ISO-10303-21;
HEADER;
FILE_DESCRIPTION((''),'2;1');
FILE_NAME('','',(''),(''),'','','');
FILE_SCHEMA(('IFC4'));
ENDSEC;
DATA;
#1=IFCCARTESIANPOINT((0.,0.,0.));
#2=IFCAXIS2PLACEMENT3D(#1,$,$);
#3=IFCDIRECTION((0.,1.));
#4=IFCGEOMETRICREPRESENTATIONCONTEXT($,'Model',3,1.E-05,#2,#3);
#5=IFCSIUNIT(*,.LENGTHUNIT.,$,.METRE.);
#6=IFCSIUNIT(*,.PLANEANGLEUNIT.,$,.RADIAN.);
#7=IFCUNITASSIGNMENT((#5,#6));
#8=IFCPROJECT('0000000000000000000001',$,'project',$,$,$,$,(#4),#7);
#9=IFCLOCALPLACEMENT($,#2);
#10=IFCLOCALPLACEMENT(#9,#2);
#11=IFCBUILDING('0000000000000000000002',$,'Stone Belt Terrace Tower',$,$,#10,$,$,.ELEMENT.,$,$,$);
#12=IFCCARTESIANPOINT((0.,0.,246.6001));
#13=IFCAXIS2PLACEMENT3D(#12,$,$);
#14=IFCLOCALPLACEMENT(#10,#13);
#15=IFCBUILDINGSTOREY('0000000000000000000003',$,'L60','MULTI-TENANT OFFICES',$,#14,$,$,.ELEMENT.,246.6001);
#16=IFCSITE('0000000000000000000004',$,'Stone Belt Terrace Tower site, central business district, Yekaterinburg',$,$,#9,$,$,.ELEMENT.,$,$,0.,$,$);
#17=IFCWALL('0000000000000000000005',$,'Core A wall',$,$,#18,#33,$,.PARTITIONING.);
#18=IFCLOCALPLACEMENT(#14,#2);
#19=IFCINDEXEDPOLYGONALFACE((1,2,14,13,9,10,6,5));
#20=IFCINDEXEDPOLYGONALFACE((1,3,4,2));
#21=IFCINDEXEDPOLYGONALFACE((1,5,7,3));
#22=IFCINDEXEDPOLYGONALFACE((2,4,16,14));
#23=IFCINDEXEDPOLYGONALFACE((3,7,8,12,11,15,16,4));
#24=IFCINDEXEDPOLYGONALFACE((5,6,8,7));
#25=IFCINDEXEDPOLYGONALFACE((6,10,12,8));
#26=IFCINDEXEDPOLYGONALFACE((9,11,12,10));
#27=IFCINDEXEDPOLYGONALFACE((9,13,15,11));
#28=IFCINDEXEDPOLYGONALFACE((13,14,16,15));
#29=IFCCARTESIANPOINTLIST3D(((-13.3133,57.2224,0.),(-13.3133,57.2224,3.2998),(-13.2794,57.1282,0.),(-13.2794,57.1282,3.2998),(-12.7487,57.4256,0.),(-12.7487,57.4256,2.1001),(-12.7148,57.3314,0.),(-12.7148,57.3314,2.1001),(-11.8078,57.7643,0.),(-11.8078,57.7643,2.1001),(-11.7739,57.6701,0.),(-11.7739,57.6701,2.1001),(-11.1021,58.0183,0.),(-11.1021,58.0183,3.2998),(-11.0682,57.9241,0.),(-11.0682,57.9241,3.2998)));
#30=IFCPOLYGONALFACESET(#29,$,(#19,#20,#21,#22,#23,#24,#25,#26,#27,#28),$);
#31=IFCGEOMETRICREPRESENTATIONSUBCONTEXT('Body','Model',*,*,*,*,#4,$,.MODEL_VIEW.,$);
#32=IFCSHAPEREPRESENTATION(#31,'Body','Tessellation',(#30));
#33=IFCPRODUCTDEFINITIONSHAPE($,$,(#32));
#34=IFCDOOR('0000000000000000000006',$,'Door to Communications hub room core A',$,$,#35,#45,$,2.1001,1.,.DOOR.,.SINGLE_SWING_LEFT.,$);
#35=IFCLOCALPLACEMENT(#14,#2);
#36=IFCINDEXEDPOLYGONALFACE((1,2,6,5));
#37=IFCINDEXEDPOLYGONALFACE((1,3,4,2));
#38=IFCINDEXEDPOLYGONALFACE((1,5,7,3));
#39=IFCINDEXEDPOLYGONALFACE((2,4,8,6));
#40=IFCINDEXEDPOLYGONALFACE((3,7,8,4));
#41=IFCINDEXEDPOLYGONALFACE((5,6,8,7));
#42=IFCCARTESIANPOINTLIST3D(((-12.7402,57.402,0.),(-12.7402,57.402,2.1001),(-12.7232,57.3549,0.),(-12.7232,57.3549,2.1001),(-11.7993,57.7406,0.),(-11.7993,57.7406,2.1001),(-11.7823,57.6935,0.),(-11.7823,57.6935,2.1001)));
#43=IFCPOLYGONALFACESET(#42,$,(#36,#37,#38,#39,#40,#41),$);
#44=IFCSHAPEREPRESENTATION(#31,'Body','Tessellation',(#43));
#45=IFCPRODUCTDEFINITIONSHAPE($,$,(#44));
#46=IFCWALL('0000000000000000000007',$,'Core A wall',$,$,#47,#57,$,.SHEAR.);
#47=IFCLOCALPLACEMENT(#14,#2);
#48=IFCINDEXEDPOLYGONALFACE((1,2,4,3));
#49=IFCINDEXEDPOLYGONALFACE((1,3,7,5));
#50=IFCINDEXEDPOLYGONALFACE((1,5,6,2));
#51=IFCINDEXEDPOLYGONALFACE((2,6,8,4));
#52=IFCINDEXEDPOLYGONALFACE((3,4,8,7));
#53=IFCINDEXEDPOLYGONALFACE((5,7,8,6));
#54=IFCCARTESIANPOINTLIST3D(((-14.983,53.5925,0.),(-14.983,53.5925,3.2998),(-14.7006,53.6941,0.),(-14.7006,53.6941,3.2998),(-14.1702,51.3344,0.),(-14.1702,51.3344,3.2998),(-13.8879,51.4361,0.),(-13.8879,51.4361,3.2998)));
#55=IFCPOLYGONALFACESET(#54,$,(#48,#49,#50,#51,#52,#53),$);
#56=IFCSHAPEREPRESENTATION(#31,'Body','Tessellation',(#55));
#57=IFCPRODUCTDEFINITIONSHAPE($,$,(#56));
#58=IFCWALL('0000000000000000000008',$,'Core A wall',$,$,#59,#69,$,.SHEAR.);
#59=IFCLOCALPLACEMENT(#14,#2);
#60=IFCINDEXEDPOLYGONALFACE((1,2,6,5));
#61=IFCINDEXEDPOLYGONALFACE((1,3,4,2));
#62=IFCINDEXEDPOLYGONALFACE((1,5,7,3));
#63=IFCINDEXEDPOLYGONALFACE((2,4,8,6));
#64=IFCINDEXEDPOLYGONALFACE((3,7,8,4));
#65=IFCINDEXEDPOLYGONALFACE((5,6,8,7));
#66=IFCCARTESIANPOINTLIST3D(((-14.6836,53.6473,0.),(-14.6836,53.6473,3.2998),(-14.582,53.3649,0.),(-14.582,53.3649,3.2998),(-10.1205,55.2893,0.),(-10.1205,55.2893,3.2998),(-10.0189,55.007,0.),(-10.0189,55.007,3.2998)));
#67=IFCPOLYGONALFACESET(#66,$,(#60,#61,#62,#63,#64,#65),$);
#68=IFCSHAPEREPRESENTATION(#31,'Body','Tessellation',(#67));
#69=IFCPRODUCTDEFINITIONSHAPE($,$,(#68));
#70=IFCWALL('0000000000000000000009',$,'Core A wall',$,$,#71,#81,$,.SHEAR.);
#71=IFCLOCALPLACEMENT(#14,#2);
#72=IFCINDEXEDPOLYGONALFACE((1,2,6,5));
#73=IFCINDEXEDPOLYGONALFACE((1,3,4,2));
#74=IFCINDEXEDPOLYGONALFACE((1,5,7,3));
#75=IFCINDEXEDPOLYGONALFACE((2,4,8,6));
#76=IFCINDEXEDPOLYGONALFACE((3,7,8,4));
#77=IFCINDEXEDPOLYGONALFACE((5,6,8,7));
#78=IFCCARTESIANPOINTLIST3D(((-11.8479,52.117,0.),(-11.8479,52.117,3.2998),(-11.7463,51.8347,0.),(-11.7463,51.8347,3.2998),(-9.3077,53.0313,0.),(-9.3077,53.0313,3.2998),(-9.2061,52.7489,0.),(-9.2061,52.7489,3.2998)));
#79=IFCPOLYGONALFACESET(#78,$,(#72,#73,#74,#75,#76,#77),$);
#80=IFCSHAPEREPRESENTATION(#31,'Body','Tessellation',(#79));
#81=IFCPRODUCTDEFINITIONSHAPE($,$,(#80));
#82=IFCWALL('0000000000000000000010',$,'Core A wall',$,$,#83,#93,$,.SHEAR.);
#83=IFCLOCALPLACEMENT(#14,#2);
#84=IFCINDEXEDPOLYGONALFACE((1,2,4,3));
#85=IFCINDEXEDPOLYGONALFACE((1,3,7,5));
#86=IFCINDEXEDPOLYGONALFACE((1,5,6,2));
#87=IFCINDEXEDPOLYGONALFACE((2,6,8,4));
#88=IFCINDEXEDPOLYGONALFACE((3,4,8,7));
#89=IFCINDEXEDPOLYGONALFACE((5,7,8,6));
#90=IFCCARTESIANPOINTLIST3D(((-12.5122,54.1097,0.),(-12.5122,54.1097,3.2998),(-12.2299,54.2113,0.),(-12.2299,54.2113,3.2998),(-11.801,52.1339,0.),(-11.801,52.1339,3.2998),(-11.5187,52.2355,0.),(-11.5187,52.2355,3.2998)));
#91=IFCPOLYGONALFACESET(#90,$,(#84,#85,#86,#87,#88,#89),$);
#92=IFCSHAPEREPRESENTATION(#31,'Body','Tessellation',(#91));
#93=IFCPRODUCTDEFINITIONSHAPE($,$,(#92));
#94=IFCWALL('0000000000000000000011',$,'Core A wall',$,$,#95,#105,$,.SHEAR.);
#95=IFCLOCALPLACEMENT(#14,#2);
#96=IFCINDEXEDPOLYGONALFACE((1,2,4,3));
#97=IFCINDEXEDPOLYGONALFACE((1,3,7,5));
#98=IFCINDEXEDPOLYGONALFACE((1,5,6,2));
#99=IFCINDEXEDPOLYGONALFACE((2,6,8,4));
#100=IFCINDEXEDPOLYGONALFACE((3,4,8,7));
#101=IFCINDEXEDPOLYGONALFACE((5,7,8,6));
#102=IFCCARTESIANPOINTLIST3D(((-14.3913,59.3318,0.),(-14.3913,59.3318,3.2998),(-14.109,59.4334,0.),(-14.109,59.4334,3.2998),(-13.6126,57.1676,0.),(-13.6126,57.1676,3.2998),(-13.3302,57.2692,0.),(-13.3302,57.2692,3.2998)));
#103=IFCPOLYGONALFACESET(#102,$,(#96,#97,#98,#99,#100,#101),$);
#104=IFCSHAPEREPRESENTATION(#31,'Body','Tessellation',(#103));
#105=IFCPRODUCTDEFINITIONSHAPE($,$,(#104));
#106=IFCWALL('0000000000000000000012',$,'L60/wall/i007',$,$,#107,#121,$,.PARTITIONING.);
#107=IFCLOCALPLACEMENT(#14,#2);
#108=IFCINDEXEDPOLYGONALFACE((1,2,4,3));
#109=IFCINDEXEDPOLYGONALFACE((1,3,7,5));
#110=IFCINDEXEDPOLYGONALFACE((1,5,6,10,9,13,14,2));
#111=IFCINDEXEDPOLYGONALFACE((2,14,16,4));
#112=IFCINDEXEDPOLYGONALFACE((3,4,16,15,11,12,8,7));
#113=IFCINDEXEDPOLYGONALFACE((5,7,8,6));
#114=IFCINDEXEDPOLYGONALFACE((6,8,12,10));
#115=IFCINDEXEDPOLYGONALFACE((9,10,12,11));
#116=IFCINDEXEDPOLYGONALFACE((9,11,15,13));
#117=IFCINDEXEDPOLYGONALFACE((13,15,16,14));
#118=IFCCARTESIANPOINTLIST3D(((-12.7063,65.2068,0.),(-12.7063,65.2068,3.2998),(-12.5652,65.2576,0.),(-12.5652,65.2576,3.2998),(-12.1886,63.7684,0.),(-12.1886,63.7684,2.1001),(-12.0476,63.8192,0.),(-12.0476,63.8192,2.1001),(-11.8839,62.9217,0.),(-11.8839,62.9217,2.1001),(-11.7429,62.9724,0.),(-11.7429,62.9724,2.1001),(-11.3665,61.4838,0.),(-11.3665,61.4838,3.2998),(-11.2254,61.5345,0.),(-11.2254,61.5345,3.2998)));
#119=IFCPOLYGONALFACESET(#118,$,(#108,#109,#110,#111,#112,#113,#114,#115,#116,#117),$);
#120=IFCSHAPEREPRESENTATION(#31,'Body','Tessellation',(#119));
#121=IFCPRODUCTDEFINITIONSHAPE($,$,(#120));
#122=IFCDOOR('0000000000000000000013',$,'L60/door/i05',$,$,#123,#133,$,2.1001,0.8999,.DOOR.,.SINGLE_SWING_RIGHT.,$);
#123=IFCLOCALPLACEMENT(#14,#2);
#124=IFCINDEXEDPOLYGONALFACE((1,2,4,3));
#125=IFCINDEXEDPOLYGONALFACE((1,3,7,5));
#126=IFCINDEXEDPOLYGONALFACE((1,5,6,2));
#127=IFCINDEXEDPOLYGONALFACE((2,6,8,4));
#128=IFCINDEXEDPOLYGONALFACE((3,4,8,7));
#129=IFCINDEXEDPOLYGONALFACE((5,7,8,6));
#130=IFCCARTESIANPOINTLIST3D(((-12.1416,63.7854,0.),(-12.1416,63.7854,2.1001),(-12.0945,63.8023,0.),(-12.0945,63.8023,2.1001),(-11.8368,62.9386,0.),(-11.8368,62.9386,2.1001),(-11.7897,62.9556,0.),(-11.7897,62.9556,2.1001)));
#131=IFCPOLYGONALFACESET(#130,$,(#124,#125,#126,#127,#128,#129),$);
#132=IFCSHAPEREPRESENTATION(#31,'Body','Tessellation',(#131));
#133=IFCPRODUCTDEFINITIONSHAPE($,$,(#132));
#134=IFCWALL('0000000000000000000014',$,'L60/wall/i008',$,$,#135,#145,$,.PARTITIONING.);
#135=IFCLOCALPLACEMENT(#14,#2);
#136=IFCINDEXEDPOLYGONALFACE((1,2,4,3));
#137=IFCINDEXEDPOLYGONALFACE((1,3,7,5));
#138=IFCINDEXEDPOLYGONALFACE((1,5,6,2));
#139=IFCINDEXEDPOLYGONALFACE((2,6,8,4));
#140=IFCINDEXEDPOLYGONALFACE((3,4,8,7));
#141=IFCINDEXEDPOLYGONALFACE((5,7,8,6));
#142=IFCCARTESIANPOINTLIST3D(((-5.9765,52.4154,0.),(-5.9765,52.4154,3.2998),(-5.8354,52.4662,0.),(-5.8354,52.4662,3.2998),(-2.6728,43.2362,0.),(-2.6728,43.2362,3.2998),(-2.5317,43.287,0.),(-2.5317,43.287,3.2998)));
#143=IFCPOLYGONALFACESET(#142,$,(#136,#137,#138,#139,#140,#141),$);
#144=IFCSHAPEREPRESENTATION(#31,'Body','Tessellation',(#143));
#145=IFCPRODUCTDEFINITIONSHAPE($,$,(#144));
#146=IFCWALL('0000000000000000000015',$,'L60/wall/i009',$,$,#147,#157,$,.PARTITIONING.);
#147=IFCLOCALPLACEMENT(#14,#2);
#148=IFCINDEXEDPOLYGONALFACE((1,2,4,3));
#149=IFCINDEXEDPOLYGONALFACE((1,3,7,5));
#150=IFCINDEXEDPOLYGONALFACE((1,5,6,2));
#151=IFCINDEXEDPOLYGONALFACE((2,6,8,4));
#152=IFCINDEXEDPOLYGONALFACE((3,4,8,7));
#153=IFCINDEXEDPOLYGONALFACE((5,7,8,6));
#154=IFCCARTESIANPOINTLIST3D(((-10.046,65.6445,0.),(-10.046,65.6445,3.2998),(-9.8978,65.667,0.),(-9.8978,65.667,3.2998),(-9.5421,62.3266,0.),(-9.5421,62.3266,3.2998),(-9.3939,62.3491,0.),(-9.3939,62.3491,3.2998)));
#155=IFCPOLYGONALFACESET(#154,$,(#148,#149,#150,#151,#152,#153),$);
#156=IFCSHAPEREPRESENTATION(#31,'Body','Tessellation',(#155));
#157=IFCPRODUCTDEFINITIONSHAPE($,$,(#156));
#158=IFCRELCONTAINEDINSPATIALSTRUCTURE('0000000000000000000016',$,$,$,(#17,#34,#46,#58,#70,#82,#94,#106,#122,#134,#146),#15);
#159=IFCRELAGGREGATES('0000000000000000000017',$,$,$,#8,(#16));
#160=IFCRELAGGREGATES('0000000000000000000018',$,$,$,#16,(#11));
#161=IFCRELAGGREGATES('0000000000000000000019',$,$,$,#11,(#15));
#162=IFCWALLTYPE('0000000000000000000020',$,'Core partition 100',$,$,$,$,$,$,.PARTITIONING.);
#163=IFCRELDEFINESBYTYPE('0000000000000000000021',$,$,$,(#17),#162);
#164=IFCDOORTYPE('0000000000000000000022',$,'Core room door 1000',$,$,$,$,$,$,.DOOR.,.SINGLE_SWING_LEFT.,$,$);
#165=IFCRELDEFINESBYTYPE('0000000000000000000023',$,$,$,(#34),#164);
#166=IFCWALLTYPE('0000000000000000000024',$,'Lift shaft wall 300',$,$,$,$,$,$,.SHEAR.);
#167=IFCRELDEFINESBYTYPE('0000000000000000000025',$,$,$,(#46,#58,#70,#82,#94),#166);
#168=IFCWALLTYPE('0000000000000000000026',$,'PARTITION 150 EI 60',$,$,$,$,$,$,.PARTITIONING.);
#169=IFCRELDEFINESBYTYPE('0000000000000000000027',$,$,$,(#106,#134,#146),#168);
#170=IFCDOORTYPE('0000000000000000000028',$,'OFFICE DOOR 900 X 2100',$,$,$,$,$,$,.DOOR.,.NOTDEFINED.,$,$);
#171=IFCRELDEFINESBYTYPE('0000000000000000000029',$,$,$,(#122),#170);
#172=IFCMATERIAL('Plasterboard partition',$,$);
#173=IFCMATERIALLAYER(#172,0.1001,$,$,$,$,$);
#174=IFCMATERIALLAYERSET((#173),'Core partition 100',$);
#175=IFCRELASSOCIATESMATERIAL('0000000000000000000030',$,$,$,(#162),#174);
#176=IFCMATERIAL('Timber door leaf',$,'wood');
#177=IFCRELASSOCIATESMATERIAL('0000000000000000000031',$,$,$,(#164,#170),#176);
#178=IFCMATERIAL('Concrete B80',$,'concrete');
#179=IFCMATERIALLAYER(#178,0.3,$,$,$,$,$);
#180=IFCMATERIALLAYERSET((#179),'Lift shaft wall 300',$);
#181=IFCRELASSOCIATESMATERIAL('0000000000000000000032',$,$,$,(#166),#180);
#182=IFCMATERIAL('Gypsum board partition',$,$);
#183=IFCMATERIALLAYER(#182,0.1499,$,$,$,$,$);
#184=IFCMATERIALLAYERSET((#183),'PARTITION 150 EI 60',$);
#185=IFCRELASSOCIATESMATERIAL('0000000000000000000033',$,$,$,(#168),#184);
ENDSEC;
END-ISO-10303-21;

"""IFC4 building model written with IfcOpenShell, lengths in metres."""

from ifc_helpers import new_model, si_unit, direction, frame, frame_2d, origin, place, context, subcontext, project, spatial, rectangle, extrude, material, layer, layer_set, type_object, element, fill, save


model = new_model("IFC4")

# Units and contexts
model_context = context("Model", 3, precision=1e-05, world=origin(), true_north=direction((0.0, 1.0)))
body_context = subcontext(model_context, "Body", "Model", "MODEL_VIEW")
ifc_project = project(units=[si_unit("LENGTHUNIT", "METRE"), si_unit("PLANEANGLEUNIT", "RADIAN")], contexts=[model_context])

# Site, building, storey
site_placement = place(None, origin())
site = spatial("IfcSite", under=ifc_project, at=site_placement, Name="Stone Belt Terrace Tower site, central business district, Yekaterinburg", CompositionType="ELEMENT", RefElevation=0.0)
building_placement = place(site_placement, origin())
building = spatial("IfcBuilding", under=site, at=building_placement, Name="Stone Belt Terrace Tower", CompositionType="ELEMENT")
storey_placement = place(building_placement, frame((0.0, 0.0, 246.6001)))
storey = spatial("IfcBuildingStorey", under=building, at=storey_placement, Name="L60", Description="MULTI-TENANT OFFICES", CompositionType="ELEMENT", Elevation=246.6001)

# Wall, opening, door
ifc_material_1 = material(Name="Plasterboard partition")
ifc_layer_1 = layer(ifc_material_1, 0.1001)
ifc_layer_set_1 = layer_set([ifc_layer_1], Name="Core partition 100")
wall_type_1 = type_object("IfcWallType", Name="Core partition 100", PredefinedType="PARTITIONING", material=ifc_layer_set_1)
wall_1_placement = place(storey_placement, frame((-13.2964, 57.1753, 0.0), z_axis=(0.0, 0.0, 1.0), x_axis=(0.940905, 0.338672, 0.0)))
wall_1 = element("IfcWall", 1, at=wall_1_placement, inside=storey, type_object=wall_type_1, Name="Core A wall", PredefinedType="PARTITIONING", context=body_context, shape_type="SweptSolid", body=[
    extrude(rectangle(XDim=2.3501, YDim=0.1001, at=frame_2d((1.175, 0.0))), origin(), (0.0, 0.0, 1.0), 3.2998),
])
opening_1_placement = place(wall_1_placement, frame((0.6001, 0.0, 0.0)))
opening_1 = element("IfcOpeningElement", 2, at=opening_1_placement, cuts=wall_1, PredefinedType="OPENING", context=body_context, shape_type="SweptSolid", body=[
    extrude(rectangle(XDim=1.0, YDim=2.1001, at=frame_2d((0.5, 1.05))), frame((0.0, 0.0601, 0.0), z_axis=(0.0, -1.0, 0.0), x_axis=(1.0, 0.0, 0.0)), (0.0, 0.0, 1.0), 0.1201),
])
ifc_material_2 = material(Name="Timber door leaf", Category="wood")
door_type_1 = type_object("IfcDoorType", Name="Core room door 1000", OperationType="SINGLE_SWING_LEFT", PredefinedType="DOOR", material=ifc_material_2)
door_1_placement = place(opening_1_placement, origin())
door_1 = element("IfcDoor", 3, at=door_1_placement, inside=storey, type_object=door_type_1, Name="Door to Communications hub room core A", OperationType="SINGLE_SWING_LEFT", OverallHeight=2.1001, OverallWidth=1.0, PredefinedType="DOOR", context=body_context, shape_type="SweptSolid", body=[
    extrude(rectangle(XDim=1.0, YDim=2.1001, at=frame_2d((0.5, 1.05))), frame((0.0, 0.0249, 0.0), z_axis=(0.0, -1.0, 0.0), x_axis=(1.0, 0.0, 0.0)), (0.0, 0.0, 1.0), 0.05),
])
fill(opening_1, door_1)

# Walls
ifc_material_3 = material(Name="Concrete B80", Category="concrete")
ifc_layer_2 = layer(ifc_material_3, 0.3)
ifc_layer_set_2 = layer_set([ifc_layer_2], Name="Lift shaft wall 300")
wall_type_2 = type_object("IfcWallType", Name="Lift shaft wall 300", PredefinedType="SHEAR", material=ifc_layer_set_2)
wall_2_placement = place(storey_placement, frame((-14.0291, 51.3853, 0.0), z_axis=(0.0, 0.0, 1.0), x_axis=(-0.338662, 0.940908, 0.0)))
element("IfcWall", 4, at=wall_2_placement, inside=storey, type_object=wall_type_2, Name="Core A wall", PredefinedType="SHEAR", context=body_context, shape_type="SweptSolid", body=[
    extrude(rectangle(XDim=2.3999, YDim=0.3, at=frame_2d((1.2, 0.0))), origin(), (0.0, 0.0, 1.0), 3.2998),
])
wall_3_placement = place(storey_placement, frame((-14.6328, 53.5061, 0.0), z_axis=(0.0, 0.0, 1.0), x_axis=(0.940932, 0.338596, 0.0)))
element("IfcWall", 5, at=wall_3_placement, inside=storey, type_object=wall_type_2, Name="Core A wall", PredefinedType="SHEAR", context=body_context, shape_type="SweptSolid", body=[
    extrude(rectangle(XDim=4.8496, YDim=0.3, at=frame_2d((2.4248, 0.0))), origin(), (0.0, 0.0, 1.0), 3.2998),
])
wall_4_placement = place(storey_placement, frame((-11.7971, 51.9758, 0.0), z_axis=(0.0, 0.0, 1.0), x_axis=(0.94091, 0.338655, 0.0)))
element("IfcWall", 6, at=wall_4_placement, inside=storey, type_object=wall_type_2, Name="Core A wall", PredefinedType="SHEAR", context=body_context, shape_type="SweptSolid", body=[
    extrude(rectangle(XDim=2.6997, YDim=0.3, at=frame_2d((1.3499, 0.0))), origin(), (0.0, 0.0, 1.0), 3.2998),
])
wall_5_placement = place(storey_placement, frame((-11.6599, 52.1848, 0.0), z_axis=(0.0, 0.0, 1.0), x_axis=(-0.33867, 0.940905, 0.0)))
element("IfcWall", 7, at=wall_5_placement, inside=storey, type_object=wall_type_2, Name="Core A wall", PredefinedType="SHEAR", context=body_context, shape_type="SweptSolid", body=[
    extrude(rectangle(XDim=2.0999, YDim=0.3, at=frame_2d((1.0498, 0.0))), origin(), (0.0, 0.0, 1.0), 3.2998),
])
wall_6_placement = place(storey_placement, frame((-13.4714, 57.2185, 0.0), z_axis=(0.0, 0.0, 1.0), x_axis=(-0.338588, 0.940935, 0.0)))
element("IfcWall", 8, at=wall_6_placement, inside=storey, type_object=wall_type_2, Name="Core A wall", PredefinedType="SHEAR", context=body_context, shape_type="SweptSolid", body=[
    extrude(rectangle(XDim=2.3, YDim=0.3, at=frame_2d((1.1499, 0.0))), origin(), (0.0, 0.0, 1.0), 3.2998),
])

# Wall, opening, door
ifc_material_4 = material(Name="Gypsum board partition")
ifc_layer_3 = layer(ifc_material_4, 0.1499)
ifc_layer_set_3 = layer_set([ifc_layer_3], Name="PARTITION 150 EI 60")
wall_type_3 = type_object("IfcWallType", Name="PARTITION 150 EI 60", PredefinedType="PARTITIONING", material=ifc_layer_set_3)
wall_7_placement = place(storey_placement, frame((-11.2959, 61.509, 0.0), z_axis=(0.0, 0.0, 1.0), x_axis=(-0.33861, 0.940927, 0.0)))
wall_7 = element("IfcWall", 9, at=wall_7_placement, inside=storey, type_object=wall_type_3, Name="L60/wall/i007", PredefinedType="PARTITIONING", context=body_context, shape_type="SweptSolid", body=[
    extrude(rectangle(XDim=3.9568, YDim=0.1499, at=frame_2d((1.9785, 0.0))), origin(), (0.0, 0.0, 1.0), 3.2998),
])
opening_2_placement = place(wall_7_placement, frame((1.5283, 0.0, 0.0)))
opening_2 = element("IfcOpeningElement", 10, at=opening_2_placement, cuts=wall_7, PredefinedType="OPENING", context=body_context, shape_type="SweptSolid", body=[
    extrude(rectangle(XDim=0.8999, YDim=2.1001, at=frame_2d((0.45, 1.05))), frame((0.0, 0.085, 0.0), z_axis=(0.0, -1.0, 0.0), x_axis=(1.0, 0.0, 0.0)), (0.0, 0.0, 1.0), 0.1699),
])
door_type_2 = type_object("IfcDoorType", Name="OFFICE DOOR 900 X 2100", OperationType="NOTDEFINED", PredefinedType="DOOR", material=ifc_material_2)
door_2_placement = place(opening_2_placement, origin())
door_2 = element("IfcDoor", 11, at=door_2_placement, inside=storey, type_object=door_type_2, Name="L60/door/i05", OperationType="SINGLE_SWING_RIGHT", OverallHeight=2.1001, OverallWidth=0.8999, PredefinedType="DOOR", context=body_context, shape_type="SweptSolid", body=[
    extrude(rectangle(XDim=0.8999, YDim=2.1001, at=frame_2d((0.45, 1.05))), frame((0.0, 0.0249, 0.0), z_axis=(0.0, -1.0, 0.0), x_axis=(1.0, 0.0, 0.0)), (0.0, 0.0, 1.0), 0.05),
])
fill(opening_2, door_2)

# Walls
wall_8_placement = place(storey_placement, frame((-5.906, 52.4409, 0.0), z_axis=(0.0, 0.0, 1.0), x_axis=(0.338647, -0.940914, 0.0)))
element("IfcWall", 12, at=wall_8_placement, inside=storey, type_object=wall_type_3, Name="L60/wall/i008", PredefinedType="PARTITIONING", context=body_context, shape_type="SweptSolid", body=[
    extrude(rectangle(XDim=9.7556, YDim=0.1499, at=frame_2d((4.8779, 0.0))), origin(), (0.0, 0.0, 1.0), 3.2998),
])
wall_9_placement = place(storey_placement, frame((-9.9719, 65.6558, 0.0), z_axis=(0.0, 0.0, 1.0), x_axis=(0.150154, -0.988663, 0.0)))
element("IfcWall", 13, at=wall_9_placement, inside=storey, type_object=wall_type_3, Name="L60/wall/i009", PredefinedType="PARTITIONING", context=body_context, shape_type="SweptSolid", body=[
    extrude(rectangle(XDim=3.356, YDim=0.1499, at=frame_2d((1.678, 0.0))), origin(), (0.0, 0.0, 1.0), 3.2998),
])

save(model, "model.ifc")
